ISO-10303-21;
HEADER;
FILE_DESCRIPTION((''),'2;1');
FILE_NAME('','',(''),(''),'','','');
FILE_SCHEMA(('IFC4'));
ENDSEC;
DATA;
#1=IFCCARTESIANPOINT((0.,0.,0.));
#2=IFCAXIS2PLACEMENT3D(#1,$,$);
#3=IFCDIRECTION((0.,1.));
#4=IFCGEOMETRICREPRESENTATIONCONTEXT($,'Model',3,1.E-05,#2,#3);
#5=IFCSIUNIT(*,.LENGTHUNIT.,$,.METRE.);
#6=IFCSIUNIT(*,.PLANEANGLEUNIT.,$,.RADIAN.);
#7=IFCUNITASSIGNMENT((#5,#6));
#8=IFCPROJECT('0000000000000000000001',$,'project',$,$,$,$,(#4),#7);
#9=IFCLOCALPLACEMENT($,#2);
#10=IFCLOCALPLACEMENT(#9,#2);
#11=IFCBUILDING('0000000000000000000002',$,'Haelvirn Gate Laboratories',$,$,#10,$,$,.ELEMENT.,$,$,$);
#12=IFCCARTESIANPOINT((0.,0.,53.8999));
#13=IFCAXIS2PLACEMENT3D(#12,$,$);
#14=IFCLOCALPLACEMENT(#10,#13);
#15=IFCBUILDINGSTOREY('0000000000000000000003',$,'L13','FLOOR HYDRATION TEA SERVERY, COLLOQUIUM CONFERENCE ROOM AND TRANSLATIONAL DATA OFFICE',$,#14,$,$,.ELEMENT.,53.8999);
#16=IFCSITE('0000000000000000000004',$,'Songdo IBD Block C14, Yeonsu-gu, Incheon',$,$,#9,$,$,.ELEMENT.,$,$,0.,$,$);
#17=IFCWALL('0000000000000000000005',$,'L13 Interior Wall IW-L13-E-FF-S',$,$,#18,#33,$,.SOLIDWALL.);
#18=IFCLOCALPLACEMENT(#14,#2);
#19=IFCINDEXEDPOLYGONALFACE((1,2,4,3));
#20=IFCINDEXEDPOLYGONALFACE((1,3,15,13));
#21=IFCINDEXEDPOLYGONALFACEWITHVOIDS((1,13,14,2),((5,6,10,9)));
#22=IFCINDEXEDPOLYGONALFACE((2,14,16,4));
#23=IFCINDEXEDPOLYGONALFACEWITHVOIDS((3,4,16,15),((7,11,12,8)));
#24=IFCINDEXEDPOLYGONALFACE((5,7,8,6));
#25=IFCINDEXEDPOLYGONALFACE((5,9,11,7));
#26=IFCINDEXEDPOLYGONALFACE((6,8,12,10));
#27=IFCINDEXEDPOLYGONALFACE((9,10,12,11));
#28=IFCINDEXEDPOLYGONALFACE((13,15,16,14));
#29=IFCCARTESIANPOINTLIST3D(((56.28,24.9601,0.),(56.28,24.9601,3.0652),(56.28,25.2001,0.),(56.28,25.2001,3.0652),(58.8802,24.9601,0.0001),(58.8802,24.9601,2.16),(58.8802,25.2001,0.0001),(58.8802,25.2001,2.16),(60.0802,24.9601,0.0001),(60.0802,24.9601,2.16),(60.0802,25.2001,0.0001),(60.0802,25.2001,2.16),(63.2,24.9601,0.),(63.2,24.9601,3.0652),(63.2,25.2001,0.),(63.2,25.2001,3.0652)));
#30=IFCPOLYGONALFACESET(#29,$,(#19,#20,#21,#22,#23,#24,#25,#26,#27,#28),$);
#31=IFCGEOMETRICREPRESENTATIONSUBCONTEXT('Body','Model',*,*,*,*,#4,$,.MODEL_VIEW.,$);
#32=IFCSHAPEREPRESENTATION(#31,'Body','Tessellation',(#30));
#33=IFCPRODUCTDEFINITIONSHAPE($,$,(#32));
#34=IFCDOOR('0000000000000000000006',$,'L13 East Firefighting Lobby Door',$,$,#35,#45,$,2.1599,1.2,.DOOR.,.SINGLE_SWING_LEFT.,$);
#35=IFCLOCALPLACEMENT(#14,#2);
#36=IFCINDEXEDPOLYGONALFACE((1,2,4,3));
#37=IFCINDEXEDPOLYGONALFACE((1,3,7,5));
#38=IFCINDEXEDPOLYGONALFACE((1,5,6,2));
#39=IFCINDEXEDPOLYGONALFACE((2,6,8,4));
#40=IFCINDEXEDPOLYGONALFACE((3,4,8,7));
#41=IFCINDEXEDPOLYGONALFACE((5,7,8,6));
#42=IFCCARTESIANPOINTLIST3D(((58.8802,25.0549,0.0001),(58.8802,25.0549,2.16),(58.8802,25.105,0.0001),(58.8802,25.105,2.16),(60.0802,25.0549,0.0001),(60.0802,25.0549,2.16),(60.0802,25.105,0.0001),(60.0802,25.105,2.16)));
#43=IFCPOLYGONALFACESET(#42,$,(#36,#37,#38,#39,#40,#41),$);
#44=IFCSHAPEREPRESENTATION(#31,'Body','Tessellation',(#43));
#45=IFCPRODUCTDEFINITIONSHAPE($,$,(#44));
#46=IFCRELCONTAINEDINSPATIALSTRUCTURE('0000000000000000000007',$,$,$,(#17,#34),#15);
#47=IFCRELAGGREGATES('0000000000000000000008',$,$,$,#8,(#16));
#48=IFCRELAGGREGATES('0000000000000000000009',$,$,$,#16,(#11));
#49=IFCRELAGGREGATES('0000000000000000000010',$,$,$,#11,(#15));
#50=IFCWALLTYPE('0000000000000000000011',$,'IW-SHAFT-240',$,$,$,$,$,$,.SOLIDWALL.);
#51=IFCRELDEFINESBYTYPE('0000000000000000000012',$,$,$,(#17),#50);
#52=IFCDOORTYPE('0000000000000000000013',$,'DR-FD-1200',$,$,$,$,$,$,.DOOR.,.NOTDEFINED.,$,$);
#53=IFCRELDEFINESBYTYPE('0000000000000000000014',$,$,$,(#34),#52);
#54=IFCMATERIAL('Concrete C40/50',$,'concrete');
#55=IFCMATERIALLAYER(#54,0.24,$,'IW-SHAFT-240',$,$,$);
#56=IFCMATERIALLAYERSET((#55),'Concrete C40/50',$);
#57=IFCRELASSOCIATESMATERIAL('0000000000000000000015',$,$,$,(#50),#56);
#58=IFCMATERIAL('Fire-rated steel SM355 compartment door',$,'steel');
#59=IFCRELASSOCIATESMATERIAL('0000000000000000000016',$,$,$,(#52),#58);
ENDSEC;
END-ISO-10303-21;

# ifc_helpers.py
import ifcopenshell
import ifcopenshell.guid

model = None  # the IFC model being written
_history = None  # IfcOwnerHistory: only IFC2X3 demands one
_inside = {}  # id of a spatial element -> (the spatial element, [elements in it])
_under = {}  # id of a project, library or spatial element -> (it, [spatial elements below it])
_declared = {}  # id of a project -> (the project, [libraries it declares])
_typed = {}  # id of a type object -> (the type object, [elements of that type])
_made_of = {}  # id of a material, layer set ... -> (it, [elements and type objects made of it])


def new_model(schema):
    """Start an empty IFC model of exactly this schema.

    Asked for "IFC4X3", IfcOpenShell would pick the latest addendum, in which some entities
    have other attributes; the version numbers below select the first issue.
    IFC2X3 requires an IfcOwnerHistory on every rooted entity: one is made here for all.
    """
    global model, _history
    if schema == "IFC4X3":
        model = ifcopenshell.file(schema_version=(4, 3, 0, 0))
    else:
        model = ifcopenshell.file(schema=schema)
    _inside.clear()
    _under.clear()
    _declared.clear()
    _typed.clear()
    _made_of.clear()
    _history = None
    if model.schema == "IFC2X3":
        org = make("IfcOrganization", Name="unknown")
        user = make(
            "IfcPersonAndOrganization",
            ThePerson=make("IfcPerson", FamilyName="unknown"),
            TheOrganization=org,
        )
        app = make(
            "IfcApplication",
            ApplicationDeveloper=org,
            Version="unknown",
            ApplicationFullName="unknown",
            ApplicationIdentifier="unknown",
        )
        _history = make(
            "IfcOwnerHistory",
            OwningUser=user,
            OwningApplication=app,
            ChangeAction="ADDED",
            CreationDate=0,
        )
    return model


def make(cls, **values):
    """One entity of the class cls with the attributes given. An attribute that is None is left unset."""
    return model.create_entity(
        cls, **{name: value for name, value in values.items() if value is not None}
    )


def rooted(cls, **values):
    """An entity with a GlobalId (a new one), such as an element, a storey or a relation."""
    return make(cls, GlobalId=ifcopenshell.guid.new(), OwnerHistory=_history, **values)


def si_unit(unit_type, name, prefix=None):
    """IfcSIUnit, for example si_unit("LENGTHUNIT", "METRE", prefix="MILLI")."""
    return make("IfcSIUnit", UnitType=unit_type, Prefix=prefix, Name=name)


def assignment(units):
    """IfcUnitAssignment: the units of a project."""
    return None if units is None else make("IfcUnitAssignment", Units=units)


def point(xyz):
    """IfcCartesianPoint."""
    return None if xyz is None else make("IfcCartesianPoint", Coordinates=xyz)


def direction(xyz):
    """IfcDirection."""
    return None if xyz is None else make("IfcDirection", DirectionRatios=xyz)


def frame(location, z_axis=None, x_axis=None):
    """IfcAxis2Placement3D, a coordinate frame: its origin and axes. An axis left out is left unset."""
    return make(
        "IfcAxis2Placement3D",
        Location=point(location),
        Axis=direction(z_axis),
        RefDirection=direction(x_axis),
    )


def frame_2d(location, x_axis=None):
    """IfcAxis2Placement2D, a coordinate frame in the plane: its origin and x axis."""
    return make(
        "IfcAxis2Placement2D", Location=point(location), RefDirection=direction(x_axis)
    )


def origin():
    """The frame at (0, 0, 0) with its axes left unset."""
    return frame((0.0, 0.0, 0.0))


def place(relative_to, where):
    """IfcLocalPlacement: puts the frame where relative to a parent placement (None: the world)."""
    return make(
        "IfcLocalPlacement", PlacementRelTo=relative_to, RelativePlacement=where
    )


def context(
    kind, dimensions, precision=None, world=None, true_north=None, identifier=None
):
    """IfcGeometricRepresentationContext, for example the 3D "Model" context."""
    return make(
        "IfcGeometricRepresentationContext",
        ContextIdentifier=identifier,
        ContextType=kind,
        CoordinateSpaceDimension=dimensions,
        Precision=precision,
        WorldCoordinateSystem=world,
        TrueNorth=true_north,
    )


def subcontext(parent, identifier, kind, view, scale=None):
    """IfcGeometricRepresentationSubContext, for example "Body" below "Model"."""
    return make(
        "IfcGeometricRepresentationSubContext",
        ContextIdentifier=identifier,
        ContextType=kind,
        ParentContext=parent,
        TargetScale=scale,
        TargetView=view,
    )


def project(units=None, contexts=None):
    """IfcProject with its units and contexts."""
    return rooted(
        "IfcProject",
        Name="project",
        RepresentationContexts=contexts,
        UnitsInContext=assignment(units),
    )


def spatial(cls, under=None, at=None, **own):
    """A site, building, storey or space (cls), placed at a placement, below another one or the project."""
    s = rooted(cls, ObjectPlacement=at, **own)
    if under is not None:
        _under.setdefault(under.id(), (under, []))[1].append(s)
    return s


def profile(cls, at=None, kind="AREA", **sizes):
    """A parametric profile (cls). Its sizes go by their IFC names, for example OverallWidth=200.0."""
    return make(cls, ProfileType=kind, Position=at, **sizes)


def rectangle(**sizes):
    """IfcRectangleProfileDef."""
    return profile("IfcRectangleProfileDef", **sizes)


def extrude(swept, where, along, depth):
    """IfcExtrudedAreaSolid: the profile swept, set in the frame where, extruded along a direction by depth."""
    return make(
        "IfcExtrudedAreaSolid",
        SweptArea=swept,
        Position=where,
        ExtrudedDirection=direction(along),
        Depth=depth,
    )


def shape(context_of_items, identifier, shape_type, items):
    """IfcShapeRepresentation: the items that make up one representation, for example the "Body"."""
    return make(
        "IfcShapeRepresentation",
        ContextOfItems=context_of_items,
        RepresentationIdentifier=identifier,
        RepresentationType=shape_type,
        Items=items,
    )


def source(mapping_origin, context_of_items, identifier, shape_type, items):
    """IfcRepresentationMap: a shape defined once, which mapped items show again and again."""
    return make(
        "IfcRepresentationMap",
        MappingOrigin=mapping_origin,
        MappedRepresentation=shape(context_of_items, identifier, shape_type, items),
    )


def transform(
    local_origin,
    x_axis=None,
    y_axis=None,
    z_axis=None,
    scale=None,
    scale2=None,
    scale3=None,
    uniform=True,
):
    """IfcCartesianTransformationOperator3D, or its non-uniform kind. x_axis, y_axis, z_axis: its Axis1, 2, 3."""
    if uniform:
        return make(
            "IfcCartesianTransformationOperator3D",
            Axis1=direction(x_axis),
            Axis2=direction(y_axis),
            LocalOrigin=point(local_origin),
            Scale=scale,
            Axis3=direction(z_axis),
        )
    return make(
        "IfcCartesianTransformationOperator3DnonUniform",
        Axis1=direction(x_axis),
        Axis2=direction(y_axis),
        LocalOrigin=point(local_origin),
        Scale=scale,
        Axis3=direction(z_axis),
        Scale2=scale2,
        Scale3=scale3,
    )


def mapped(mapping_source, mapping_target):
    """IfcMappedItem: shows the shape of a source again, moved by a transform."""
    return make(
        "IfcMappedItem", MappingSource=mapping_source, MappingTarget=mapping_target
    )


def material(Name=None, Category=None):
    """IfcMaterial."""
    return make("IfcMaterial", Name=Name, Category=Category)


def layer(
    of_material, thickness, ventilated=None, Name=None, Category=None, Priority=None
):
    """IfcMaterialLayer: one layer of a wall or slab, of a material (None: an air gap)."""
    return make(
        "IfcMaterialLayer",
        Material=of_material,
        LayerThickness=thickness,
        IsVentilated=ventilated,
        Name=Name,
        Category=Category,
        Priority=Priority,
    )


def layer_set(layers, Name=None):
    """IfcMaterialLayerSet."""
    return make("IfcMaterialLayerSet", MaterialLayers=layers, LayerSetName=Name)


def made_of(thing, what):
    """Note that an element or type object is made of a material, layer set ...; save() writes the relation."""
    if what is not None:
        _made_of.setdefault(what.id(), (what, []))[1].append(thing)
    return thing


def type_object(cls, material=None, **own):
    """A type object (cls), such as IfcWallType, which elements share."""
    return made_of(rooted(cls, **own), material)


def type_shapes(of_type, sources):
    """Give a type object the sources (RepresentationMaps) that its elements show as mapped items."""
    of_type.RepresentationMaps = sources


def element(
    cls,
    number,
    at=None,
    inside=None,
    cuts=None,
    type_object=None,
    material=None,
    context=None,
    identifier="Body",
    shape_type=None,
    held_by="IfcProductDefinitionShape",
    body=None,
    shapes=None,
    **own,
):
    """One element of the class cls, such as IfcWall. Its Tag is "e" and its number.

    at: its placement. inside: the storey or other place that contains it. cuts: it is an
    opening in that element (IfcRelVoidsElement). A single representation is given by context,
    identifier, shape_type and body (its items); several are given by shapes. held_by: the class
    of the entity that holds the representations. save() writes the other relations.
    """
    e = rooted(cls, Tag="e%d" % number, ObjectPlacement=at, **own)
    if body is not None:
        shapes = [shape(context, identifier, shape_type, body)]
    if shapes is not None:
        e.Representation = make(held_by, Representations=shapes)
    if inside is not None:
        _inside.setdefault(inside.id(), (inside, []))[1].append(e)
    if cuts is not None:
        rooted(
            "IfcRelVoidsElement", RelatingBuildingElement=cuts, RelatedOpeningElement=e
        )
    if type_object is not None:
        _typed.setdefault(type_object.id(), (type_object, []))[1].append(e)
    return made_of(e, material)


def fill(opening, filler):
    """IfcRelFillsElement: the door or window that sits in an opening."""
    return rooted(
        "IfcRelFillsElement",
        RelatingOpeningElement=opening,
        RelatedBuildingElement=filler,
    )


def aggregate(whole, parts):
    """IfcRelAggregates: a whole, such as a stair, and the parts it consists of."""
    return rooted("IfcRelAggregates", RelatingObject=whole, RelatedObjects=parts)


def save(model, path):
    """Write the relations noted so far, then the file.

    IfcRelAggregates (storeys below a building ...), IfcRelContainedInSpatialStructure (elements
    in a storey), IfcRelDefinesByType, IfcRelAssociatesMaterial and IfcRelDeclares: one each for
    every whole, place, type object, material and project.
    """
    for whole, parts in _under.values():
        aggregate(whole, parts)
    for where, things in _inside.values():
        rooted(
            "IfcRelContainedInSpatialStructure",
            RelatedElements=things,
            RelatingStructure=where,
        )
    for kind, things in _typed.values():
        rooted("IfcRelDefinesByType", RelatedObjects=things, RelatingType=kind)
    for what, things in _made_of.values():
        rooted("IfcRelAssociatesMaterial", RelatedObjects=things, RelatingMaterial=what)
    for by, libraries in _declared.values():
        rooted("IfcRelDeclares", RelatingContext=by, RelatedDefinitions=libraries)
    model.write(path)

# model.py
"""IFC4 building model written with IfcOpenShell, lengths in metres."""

from ifc_helpers import new_model, si_unit, direction, frame, frame_2d, origin, place, context, subcontext, project, spatial, rectangle, extrude, source, transform, mapped, material, layer, layer_set, type_object, type_shapes, element, fill, save


model = new_model("IFC4")

# Units and contexts
model_context = context("Model", 3, precision=1e-05, world=origin(), true_north=direction((0.0, 1.0)))
body_context = subcontext(model_context, "Body", "Model", "MODEL_VIEW")
ifc_project = project(units=[si_unit("LENGTHUNIT", "METRE"), si_unit("PLANEANGLEUNIT", "RADIAN")], contexts=[model_context])

# Site, building, storey
site_placement = place(None, origin())
site = spatial("IfcSite", under=ifc_project, at=site_placement, Name="Songdo IBD Block C14, Yeonsu-gu, Incheon", CompositionType="ELEMENT", RefElevation=0.0)
building_placement = place(site_placement, origin())
building = spatial("IfcBuilding", under=site, at=building_placement, Name="Haelvirn Gate Laboratories", CompositionType="ELEMENT")
storey_placement = place(building_placement, frame((0.0, 0.0, 53.8999)))
storey = spatial("IfcBuildingStorey", under=building, at=storey_placement, Name="L13", Description="FLOOR HYDRATION TEA SERVERY, COLLOQUIUM CONFERENCE ROOM AND TRANSLATIONAL DATA OFFICE", CompositionType="ELEMENT", Elevation=53.8999)

# Shared definitions
ifc_material_1 = material(Name="Concrete C40/50", Category="concrete")

# Wall, opening, door
ifc_layer_1 = layer(ifc_material_1, 0.24, Name="IW-SHAFT-240")
ifc_layer_set_1 = layer_set([ifc_layer_1], Name="Concrete C40/50")
wall_type_1 = type_object("IfcWallType", Name="IW-SHAFT-240", PredefinedType="SOLIDWALL", material=ifc_layer_set_1)
wall_1_placement = place(storey_placement, frame((56.28, 25.0801, 0.0), z_axis=(0.0, 0.0, 1.0), x_axis=(1.0, 0.0, 0.0)))
wall_1 = element("IfcWall", 1, at=wall_1_placement, inside=storey, type_object=wall_type_1, Name="L13 Interior Wall IW-L13-E-FF-S", PredefinedType="SOLIDWALL", context=body_context, shape_type="SweptSolid", body=[
    extrude(rectangle(XDim=6.9199, YDim=0.24, at=frame_2d((3.46, 0.0))), origin(), (0.0, 0.0, 1.0), 3.0652),
])
opening_1_placement = place(wall_1_placement, frame((2.6001, 0.0, 0.0)))
opening_1 = element("IfcOpeningElement", 2, at=opening_1_placement, cuts=wall_1, PredefinedType="OPENING", context=body_context, shape_type="SweptSolid", body=[
    extrude(rectangle(XDim=1.2, YDim=2.1599, at=frame_2d((0.6001, 1.0801))), frame((0.0, 0.1299, 0.0), z_axis=(0.0, -1.0, 0.0), x_axis=(1.0, 0.0, 0.0)), (0.0, 0.0, 1.0), 0.26),
])
ifc_material_2 = material(Name="Fire-rated steel SM355 compartment door", Category="steel")
door_type_1 = type_object("IfcDoorType", Name="DR-FD-1200", OperationType="NOTDEFINED", PredefinedType="DOOR", material=ifc_material_2)
shared_shape_1 = source(origin(), body_context, "Body", "SweptSolid", [
    extrude(rectangle(XDim=1.2, YDim=2.1599, at=frame_2d((0.6001, 1.0801))), frame((0.0, 0.0249, 0.0), z_axis=(0.0, -1.0, 0.0), x_axis=(1.0, 0.0, 0.0)), (0.0, 0.0, 1.0), 0.05),
])
type_shapes(door_type_1, [shared_shape_1])
door_1_placement = place(opening_1_placement, origin())
door_1 = element("IfcDoor", 3, at=door_1_placement, inside=storey, type_object=door_type_1, Name="L13 East Firefighting Lobby Door", OperationType="SINGLE_SWING_LEFT", OverallHeight=2.1599, OverallWidth=1.2, PredefinedType="DOOR", context=body_context, shape_type="MappedRepresentation", body=[
    mapped(shared_shape_1, transform((0.0, 0.0, 0.0), scale=1.0)),
])
fill(opening_1, door_1)

save(model, "model.ifc")
